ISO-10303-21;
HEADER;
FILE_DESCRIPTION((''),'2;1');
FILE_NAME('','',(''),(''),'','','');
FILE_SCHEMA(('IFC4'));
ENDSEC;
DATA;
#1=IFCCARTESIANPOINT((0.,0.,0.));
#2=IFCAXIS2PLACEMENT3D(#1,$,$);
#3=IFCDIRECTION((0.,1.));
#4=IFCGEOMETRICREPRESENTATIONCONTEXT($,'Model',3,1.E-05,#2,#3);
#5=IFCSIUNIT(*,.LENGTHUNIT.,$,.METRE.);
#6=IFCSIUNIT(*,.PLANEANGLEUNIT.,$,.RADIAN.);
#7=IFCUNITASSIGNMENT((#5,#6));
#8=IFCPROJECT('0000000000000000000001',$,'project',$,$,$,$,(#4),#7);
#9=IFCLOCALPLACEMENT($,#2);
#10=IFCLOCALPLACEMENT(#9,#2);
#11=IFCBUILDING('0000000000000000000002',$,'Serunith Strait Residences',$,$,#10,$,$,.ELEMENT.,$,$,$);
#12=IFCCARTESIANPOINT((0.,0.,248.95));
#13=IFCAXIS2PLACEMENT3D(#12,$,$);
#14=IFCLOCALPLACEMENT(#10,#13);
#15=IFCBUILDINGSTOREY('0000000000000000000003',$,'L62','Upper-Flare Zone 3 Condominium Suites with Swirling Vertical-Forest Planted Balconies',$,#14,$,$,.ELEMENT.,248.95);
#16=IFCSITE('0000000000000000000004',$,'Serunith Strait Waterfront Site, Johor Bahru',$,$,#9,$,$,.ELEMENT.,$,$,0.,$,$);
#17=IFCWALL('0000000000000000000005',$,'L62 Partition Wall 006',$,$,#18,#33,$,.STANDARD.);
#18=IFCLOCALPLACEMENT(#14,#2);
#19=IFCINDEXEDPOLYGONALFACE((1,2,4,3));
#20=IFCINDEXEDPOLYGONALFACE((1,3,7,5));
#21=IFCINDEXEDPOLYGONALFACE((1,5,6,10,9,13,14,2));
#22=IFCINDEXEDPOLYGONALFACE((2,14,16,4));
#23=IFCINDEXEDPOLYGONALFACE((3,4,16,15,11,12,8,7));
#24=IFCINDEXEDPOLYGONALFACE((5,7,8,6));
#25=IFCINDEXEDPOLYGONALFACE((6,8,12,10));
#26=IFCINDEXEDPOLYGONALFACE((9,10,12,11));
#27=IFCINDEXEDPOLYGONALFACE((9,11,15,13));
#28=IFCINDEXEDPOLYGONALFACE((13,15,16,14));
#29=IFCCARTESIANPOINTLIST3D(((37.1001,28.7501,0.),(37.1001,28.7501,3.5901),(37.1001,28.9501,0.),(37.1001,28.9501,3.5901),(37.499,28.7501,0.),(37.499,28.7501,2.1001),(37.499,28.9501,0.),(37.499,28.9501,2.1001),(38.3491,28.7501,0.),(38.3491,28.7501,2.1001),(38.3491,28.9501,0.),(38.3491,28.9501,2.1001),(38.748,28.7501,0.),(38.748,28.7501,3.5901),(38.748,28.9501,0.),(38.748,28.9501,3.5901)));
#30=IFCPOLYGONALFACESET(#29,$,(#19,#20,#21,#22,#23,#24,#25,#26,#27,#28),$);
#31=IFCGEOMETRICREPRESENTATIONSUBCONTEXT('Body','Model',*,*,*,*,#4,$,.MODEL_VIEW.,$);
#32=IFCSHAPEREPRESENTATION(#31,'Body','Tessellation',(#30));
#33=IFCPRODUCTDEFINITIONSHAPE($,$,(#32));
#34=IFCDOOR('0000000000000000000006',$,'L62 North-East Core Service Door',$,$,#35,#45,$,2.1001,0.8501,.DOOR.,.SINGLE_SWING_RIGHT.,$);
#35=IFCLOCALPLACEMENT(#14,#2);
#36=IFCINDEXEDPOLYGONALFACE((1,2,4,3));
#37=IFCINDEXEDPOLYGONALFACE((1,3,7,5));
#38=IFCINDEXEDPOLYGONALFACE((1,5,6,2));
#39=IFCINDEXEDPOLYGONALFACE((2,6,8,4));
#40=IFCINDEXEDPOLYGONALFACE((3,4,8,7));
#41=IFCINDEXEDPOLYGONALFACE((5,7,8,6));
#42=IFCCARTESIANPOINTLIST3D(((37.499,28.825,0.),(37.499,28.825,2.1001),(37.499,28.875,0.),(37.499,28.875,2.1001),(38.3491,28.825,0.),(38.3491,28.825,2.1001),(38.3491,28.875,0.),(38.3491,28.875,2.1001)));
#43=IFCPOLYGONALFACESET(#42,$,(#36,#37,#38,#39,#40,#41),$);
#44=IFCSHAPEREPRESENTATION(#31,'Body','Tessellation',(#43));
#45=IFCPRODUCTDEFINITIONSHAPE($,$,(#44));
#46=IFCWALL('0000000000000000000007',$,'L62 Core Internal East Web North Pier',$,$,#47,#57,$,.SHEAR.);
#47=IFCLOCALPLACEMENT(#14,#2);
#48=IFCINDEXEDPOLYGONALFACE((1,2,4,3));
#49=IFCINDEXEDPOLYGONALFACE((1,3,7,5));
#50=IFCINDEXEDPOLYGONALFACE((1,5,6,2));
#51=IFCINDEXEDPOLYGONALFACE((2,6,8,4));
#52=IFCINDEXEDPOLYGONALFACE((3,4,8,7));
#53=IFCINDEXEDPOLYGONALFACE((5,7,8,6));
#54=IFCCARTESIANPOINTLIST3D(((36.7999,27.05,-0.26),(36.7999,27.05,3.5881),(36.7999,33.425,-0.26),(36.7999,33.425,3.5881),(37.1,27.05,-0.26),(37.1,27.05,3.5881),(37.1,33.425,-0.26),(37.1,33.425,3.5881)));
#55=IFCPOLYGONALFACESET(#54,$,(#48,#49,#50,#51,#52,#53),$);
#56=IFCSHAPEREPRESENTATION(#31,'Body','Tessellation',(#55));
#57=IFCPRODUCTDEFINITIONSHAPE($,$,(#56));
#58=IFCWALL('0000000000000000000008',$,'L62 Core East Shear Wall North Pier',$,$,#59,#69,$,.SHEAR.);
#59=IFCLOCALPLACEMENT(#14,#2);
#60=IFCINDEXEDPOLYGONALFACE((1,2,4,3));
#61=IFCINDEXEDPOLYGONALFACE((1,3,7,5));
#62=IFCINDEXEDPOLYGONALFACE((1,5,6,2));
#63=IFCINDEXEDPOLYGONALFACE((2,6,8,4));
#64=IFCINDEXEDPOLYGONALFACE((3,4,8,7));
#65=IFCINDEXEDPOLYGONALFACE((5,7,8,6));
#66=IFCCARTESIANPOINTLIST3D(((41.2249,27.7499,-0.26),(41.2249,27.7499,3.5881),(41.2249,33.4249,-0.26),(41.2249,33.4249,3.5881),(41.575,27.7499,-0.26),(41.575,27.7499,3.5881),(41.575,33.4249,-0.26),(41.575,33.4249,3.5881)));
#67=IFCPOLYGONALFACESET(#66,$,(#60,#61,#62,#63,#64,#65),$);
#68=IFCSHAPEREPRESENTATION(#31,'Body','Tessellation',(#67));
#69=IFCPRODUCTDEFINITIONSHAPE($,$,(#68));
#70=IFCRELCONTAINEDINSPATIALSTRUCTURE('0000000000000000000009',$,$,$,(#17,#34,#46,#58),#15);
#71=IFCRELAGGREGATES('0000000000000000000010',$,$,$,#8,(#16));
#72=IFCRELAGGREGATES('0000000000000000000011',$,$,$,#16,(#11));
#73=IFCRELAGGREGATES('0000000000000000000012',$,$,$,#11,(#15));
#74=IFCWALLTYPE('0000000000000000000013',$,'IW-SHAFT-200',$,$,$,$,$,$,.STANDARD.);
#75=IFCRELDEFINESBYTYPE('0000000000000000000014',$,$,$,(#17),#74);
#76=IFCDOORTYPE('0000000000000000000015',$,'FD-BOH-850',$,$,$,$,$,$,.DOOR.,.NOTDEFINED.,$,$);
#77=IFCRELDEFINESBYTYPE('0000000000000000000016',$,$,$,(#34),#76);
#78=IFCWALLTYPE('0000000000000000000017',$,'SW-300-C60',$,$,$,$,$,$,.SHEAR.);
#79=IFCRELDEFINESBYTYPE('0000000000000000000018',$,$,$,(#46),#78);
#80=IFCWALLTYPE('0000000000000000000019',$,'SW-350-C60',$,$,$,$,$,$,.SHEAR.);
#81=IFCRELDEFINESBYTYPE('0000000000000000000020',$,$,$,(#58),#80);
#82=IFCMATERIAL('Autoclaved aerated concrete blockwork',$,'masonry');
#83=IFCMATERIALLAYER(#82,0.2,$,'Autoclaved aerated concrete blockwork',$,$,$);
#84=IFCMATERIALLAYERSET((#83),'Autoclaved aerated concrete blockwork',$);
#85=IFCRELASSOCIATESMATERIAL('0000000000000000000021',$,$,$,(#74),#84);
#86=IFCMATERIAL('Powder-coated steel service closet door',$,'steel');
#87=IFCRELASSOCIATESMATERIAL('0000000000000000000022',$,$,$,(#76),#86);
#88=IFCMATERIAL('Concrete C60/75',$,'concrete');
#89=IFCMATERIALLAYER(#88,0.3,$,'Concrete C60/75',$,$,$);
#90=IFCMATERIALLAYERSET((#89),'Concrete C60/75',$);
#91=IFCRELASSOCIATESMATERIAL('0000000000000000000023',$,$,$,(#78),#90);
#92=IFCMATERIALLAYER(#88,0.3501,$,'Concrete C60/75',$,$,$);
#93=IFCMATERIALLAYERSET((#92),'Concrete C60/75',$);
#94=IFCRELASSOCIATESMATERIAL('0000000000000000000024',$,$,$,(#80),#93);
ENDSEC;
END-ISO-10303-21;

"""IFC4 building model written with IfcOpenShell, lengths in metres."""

from ifc_helpers import new_model, si_unit, direction, frame, frame_2d, origin, place, context, subcontext, project, spatial, rectangle, extrude, source, transform, mapped, material, layer, layer_set, type_object, element, fill, save


model = new_model("IFC4")

# Units and contexts
model_context = context("Model", 3, precision=1e-05, world=origin(), true_north=direction((0.0, 1.0)))
body_context = subcontext(model_context, "Body", "Model", "MODEL_VIEW")
ifc_project = project(units=[si_unit("LENGTHUNIT", "METRE"), si_unit("PLANEANGLEUNIT", "RADIAN")], contexts=[model_context])

# Site, building, storey
site_placement = place(None, origin())
site = spatial("IfcSite", under=ifc_project, at=site_placement, Name="Serunith Strait Waterfront Site, Johor Bahru", CompositionType="ELEMENT", RefElevation=0.0)
building_placement = place(site_placement, origin())
building = spatial("IfcBuilding", under=site, at=building_placement, Name="Serunith Strait Residences", CompositionType="ELEMENT")
storey_placement = place(building_placement, frame((0.0, 0.0, 248.95)))
storey = spatial("IfcBuildingStorey", under=building, at=storey_placement, Name="L62", Description="Upper-Flare Zone 3 Condominium Suites with Swirling Vertical-Forest Planted Balconies", CompositionType="ELEMENT", Elevation=248.95)

# Shared definitions
ifc_material_1 = material(Name="Autoclaved aerated concrete blockwork", Category="masonry")
ifc_layer_1 = layer(ifc_material_1, 0.2, Name="Autoclaved aerated concrete blockwork")
ifc_layer_set_1 = layer_set([ifc_layer_1], Name="Autoclaved aerated concrete blockwork")
wall_type_1 = type_object("IfcWallType", Name="IW-SHAFT-200", PredefinedType="STANDARD", material=ifc_layer_set_1)

# Wall, opening, door
wall_1_placement = place(storey_placement, frame((37.1001, 28.8501, 0.0), z_axis=(0.0, 0.0, 1.0), x_axis=(1.0, 0.0, 0.0)))
wall_1 = element("IfcWall", 1, at=wall_1_placement, inside=storey, type_object=wall_type_1, Name="L62 Partition Wall 006", PredefinedType="STANDARD", context=body_context, shape_type="SweptSolid", body=[
    extrude(rectangle(XDim=1.6479, YDim=0.2, at=frame_2d((0.824, 0.0))), origin(), (0.0, 0.0, 1.0), 3.5901),
])
opening_1_placement = place(wall_1_placement, frame((0.3989, 0.0, 0.0)))
opening_1 = element("IfcOpeningElement", 2, at=opening_1_placement, cuts=wall_1, PredefinedType="OPENING", context=body_context, shape_type="SweptSolid", body=[
    extrude(rectangle(XDim=0.8501, YDim=2.1001, at=frame_2d((0.425, 1.05))), frame((0.0, 0.1099, 0.0), z_axis=(0.0, -1.0, 0.0), x_axis=(1.0, 0.0, 0.0)), (0.0, 0.0, 1.0), 0.22),
])
ifc_material_2 = material(Name="Powder-coated steel service closet door", Category="steel")
door_type_1 = type_object("IfcDoorType", Name="FD-BOH-850", OperationType="NOTDEFINED", PredefinedType="DOOR", material=ifc_material_2)
shared_shape_1 = source(origin(), body_context, "Body", "SweptSolid", [
    extrude(rectangle(XDim=0.8501, YDim=2.1001, at=frame_2d((0.425, 1.05))), frame((0.0, 0.0249, 0.0), z_axis=(0.0, -1.0, 0.0), x_axis=(1.0, 0.0, 0.0)), (0.0, 0.0, 1.0), 0.05),
])
door_1_placement = place(opening_1_placement, origin())
door_1 = element("IfcDoor", 3, at=door_1_placement, inside=storey, type_object=door_type_1, Name="L62 North-East Core Service Door", OperationType="SINGLE_SWING_RIGHT", OverallHeight=2.1001, OverallWidth=0.8501, PredefinedType="DOOR", context=body_context, shape_type="MappedRepresentation", body=[
    mapped(shared_shape_1, transform((0.0, 0.0, 0.0), scale=1.0)),
])
fill(opening_1, door_1)

# Walls
ifc_material_3 = material(Name="Concrete C60/75", Category="concrete")
ifc_layer_2 = layer(ifc_material_3, 0.3, Name="Concrete C60/75")
ifc_layer_set_2 = layer_set([ifc_layer_2], Name="Concrete C60/75")
wall_type_2 = type_object("IfcWallType", Name="SW-300-C60", PredefinedType="SHEAR", material=ifc_layer_set_2)
wall_2_placement = place(storey_placement, frame((36.95, 27.05, -0.26), z_axis=(0.0, 0.0, 1.0), x_axis=(0.0, 1.0, 0.0)))
element("IfcWall", 4, at=wall_2_placement, inside=storey, type_object=wall_type_2, Name="L62 Core Internal East Web North Pier", PredefinedType="SHEAR", context=body_context, shape_type="SweptSolid", body=[
    extrude(rectangle(XDim=6.375, YDim=0.3, at=frame_2d((3.1875, 0.0))), origin(), (0.0, 0.0, 1.0), 3.8481),
])
ifc_layer_3 = layer(ifc_material_3, 0.3501, Name="Concrete C60/75")
ifc_layer_set_3 = layer_set([ifc_layer_3], Name="Concrete C60/75")
wall_type_3 = type_object("IfcWallType", Name="SW-350-C60", PredefinedType="SHEAR", material=ifc_layer_set_3)
wall_3_placement = place(storey_placement, frame((41.3999, 27.75, -0.26), z_axis=(0.0, 0.0, 1.0), x_axis=(0.0, 1.0, 0.0)))
element("IfcWall", 5, at=wall_3_placement, inside=storey, type_object=wall_type_3, Name="L62 Core East Shear Wall North Pier", PredefinedType="SHEAR", context=body_context, shape_type="SweptSolid", body=[
    extrude(rectangle(XDim=5.675, YDim=0.3501, at=frame_2d((2.8374, 0.0))), origin(), (0.0, 0.0, 1.0), 3.8481),
])

save(model, "model.ifc")
